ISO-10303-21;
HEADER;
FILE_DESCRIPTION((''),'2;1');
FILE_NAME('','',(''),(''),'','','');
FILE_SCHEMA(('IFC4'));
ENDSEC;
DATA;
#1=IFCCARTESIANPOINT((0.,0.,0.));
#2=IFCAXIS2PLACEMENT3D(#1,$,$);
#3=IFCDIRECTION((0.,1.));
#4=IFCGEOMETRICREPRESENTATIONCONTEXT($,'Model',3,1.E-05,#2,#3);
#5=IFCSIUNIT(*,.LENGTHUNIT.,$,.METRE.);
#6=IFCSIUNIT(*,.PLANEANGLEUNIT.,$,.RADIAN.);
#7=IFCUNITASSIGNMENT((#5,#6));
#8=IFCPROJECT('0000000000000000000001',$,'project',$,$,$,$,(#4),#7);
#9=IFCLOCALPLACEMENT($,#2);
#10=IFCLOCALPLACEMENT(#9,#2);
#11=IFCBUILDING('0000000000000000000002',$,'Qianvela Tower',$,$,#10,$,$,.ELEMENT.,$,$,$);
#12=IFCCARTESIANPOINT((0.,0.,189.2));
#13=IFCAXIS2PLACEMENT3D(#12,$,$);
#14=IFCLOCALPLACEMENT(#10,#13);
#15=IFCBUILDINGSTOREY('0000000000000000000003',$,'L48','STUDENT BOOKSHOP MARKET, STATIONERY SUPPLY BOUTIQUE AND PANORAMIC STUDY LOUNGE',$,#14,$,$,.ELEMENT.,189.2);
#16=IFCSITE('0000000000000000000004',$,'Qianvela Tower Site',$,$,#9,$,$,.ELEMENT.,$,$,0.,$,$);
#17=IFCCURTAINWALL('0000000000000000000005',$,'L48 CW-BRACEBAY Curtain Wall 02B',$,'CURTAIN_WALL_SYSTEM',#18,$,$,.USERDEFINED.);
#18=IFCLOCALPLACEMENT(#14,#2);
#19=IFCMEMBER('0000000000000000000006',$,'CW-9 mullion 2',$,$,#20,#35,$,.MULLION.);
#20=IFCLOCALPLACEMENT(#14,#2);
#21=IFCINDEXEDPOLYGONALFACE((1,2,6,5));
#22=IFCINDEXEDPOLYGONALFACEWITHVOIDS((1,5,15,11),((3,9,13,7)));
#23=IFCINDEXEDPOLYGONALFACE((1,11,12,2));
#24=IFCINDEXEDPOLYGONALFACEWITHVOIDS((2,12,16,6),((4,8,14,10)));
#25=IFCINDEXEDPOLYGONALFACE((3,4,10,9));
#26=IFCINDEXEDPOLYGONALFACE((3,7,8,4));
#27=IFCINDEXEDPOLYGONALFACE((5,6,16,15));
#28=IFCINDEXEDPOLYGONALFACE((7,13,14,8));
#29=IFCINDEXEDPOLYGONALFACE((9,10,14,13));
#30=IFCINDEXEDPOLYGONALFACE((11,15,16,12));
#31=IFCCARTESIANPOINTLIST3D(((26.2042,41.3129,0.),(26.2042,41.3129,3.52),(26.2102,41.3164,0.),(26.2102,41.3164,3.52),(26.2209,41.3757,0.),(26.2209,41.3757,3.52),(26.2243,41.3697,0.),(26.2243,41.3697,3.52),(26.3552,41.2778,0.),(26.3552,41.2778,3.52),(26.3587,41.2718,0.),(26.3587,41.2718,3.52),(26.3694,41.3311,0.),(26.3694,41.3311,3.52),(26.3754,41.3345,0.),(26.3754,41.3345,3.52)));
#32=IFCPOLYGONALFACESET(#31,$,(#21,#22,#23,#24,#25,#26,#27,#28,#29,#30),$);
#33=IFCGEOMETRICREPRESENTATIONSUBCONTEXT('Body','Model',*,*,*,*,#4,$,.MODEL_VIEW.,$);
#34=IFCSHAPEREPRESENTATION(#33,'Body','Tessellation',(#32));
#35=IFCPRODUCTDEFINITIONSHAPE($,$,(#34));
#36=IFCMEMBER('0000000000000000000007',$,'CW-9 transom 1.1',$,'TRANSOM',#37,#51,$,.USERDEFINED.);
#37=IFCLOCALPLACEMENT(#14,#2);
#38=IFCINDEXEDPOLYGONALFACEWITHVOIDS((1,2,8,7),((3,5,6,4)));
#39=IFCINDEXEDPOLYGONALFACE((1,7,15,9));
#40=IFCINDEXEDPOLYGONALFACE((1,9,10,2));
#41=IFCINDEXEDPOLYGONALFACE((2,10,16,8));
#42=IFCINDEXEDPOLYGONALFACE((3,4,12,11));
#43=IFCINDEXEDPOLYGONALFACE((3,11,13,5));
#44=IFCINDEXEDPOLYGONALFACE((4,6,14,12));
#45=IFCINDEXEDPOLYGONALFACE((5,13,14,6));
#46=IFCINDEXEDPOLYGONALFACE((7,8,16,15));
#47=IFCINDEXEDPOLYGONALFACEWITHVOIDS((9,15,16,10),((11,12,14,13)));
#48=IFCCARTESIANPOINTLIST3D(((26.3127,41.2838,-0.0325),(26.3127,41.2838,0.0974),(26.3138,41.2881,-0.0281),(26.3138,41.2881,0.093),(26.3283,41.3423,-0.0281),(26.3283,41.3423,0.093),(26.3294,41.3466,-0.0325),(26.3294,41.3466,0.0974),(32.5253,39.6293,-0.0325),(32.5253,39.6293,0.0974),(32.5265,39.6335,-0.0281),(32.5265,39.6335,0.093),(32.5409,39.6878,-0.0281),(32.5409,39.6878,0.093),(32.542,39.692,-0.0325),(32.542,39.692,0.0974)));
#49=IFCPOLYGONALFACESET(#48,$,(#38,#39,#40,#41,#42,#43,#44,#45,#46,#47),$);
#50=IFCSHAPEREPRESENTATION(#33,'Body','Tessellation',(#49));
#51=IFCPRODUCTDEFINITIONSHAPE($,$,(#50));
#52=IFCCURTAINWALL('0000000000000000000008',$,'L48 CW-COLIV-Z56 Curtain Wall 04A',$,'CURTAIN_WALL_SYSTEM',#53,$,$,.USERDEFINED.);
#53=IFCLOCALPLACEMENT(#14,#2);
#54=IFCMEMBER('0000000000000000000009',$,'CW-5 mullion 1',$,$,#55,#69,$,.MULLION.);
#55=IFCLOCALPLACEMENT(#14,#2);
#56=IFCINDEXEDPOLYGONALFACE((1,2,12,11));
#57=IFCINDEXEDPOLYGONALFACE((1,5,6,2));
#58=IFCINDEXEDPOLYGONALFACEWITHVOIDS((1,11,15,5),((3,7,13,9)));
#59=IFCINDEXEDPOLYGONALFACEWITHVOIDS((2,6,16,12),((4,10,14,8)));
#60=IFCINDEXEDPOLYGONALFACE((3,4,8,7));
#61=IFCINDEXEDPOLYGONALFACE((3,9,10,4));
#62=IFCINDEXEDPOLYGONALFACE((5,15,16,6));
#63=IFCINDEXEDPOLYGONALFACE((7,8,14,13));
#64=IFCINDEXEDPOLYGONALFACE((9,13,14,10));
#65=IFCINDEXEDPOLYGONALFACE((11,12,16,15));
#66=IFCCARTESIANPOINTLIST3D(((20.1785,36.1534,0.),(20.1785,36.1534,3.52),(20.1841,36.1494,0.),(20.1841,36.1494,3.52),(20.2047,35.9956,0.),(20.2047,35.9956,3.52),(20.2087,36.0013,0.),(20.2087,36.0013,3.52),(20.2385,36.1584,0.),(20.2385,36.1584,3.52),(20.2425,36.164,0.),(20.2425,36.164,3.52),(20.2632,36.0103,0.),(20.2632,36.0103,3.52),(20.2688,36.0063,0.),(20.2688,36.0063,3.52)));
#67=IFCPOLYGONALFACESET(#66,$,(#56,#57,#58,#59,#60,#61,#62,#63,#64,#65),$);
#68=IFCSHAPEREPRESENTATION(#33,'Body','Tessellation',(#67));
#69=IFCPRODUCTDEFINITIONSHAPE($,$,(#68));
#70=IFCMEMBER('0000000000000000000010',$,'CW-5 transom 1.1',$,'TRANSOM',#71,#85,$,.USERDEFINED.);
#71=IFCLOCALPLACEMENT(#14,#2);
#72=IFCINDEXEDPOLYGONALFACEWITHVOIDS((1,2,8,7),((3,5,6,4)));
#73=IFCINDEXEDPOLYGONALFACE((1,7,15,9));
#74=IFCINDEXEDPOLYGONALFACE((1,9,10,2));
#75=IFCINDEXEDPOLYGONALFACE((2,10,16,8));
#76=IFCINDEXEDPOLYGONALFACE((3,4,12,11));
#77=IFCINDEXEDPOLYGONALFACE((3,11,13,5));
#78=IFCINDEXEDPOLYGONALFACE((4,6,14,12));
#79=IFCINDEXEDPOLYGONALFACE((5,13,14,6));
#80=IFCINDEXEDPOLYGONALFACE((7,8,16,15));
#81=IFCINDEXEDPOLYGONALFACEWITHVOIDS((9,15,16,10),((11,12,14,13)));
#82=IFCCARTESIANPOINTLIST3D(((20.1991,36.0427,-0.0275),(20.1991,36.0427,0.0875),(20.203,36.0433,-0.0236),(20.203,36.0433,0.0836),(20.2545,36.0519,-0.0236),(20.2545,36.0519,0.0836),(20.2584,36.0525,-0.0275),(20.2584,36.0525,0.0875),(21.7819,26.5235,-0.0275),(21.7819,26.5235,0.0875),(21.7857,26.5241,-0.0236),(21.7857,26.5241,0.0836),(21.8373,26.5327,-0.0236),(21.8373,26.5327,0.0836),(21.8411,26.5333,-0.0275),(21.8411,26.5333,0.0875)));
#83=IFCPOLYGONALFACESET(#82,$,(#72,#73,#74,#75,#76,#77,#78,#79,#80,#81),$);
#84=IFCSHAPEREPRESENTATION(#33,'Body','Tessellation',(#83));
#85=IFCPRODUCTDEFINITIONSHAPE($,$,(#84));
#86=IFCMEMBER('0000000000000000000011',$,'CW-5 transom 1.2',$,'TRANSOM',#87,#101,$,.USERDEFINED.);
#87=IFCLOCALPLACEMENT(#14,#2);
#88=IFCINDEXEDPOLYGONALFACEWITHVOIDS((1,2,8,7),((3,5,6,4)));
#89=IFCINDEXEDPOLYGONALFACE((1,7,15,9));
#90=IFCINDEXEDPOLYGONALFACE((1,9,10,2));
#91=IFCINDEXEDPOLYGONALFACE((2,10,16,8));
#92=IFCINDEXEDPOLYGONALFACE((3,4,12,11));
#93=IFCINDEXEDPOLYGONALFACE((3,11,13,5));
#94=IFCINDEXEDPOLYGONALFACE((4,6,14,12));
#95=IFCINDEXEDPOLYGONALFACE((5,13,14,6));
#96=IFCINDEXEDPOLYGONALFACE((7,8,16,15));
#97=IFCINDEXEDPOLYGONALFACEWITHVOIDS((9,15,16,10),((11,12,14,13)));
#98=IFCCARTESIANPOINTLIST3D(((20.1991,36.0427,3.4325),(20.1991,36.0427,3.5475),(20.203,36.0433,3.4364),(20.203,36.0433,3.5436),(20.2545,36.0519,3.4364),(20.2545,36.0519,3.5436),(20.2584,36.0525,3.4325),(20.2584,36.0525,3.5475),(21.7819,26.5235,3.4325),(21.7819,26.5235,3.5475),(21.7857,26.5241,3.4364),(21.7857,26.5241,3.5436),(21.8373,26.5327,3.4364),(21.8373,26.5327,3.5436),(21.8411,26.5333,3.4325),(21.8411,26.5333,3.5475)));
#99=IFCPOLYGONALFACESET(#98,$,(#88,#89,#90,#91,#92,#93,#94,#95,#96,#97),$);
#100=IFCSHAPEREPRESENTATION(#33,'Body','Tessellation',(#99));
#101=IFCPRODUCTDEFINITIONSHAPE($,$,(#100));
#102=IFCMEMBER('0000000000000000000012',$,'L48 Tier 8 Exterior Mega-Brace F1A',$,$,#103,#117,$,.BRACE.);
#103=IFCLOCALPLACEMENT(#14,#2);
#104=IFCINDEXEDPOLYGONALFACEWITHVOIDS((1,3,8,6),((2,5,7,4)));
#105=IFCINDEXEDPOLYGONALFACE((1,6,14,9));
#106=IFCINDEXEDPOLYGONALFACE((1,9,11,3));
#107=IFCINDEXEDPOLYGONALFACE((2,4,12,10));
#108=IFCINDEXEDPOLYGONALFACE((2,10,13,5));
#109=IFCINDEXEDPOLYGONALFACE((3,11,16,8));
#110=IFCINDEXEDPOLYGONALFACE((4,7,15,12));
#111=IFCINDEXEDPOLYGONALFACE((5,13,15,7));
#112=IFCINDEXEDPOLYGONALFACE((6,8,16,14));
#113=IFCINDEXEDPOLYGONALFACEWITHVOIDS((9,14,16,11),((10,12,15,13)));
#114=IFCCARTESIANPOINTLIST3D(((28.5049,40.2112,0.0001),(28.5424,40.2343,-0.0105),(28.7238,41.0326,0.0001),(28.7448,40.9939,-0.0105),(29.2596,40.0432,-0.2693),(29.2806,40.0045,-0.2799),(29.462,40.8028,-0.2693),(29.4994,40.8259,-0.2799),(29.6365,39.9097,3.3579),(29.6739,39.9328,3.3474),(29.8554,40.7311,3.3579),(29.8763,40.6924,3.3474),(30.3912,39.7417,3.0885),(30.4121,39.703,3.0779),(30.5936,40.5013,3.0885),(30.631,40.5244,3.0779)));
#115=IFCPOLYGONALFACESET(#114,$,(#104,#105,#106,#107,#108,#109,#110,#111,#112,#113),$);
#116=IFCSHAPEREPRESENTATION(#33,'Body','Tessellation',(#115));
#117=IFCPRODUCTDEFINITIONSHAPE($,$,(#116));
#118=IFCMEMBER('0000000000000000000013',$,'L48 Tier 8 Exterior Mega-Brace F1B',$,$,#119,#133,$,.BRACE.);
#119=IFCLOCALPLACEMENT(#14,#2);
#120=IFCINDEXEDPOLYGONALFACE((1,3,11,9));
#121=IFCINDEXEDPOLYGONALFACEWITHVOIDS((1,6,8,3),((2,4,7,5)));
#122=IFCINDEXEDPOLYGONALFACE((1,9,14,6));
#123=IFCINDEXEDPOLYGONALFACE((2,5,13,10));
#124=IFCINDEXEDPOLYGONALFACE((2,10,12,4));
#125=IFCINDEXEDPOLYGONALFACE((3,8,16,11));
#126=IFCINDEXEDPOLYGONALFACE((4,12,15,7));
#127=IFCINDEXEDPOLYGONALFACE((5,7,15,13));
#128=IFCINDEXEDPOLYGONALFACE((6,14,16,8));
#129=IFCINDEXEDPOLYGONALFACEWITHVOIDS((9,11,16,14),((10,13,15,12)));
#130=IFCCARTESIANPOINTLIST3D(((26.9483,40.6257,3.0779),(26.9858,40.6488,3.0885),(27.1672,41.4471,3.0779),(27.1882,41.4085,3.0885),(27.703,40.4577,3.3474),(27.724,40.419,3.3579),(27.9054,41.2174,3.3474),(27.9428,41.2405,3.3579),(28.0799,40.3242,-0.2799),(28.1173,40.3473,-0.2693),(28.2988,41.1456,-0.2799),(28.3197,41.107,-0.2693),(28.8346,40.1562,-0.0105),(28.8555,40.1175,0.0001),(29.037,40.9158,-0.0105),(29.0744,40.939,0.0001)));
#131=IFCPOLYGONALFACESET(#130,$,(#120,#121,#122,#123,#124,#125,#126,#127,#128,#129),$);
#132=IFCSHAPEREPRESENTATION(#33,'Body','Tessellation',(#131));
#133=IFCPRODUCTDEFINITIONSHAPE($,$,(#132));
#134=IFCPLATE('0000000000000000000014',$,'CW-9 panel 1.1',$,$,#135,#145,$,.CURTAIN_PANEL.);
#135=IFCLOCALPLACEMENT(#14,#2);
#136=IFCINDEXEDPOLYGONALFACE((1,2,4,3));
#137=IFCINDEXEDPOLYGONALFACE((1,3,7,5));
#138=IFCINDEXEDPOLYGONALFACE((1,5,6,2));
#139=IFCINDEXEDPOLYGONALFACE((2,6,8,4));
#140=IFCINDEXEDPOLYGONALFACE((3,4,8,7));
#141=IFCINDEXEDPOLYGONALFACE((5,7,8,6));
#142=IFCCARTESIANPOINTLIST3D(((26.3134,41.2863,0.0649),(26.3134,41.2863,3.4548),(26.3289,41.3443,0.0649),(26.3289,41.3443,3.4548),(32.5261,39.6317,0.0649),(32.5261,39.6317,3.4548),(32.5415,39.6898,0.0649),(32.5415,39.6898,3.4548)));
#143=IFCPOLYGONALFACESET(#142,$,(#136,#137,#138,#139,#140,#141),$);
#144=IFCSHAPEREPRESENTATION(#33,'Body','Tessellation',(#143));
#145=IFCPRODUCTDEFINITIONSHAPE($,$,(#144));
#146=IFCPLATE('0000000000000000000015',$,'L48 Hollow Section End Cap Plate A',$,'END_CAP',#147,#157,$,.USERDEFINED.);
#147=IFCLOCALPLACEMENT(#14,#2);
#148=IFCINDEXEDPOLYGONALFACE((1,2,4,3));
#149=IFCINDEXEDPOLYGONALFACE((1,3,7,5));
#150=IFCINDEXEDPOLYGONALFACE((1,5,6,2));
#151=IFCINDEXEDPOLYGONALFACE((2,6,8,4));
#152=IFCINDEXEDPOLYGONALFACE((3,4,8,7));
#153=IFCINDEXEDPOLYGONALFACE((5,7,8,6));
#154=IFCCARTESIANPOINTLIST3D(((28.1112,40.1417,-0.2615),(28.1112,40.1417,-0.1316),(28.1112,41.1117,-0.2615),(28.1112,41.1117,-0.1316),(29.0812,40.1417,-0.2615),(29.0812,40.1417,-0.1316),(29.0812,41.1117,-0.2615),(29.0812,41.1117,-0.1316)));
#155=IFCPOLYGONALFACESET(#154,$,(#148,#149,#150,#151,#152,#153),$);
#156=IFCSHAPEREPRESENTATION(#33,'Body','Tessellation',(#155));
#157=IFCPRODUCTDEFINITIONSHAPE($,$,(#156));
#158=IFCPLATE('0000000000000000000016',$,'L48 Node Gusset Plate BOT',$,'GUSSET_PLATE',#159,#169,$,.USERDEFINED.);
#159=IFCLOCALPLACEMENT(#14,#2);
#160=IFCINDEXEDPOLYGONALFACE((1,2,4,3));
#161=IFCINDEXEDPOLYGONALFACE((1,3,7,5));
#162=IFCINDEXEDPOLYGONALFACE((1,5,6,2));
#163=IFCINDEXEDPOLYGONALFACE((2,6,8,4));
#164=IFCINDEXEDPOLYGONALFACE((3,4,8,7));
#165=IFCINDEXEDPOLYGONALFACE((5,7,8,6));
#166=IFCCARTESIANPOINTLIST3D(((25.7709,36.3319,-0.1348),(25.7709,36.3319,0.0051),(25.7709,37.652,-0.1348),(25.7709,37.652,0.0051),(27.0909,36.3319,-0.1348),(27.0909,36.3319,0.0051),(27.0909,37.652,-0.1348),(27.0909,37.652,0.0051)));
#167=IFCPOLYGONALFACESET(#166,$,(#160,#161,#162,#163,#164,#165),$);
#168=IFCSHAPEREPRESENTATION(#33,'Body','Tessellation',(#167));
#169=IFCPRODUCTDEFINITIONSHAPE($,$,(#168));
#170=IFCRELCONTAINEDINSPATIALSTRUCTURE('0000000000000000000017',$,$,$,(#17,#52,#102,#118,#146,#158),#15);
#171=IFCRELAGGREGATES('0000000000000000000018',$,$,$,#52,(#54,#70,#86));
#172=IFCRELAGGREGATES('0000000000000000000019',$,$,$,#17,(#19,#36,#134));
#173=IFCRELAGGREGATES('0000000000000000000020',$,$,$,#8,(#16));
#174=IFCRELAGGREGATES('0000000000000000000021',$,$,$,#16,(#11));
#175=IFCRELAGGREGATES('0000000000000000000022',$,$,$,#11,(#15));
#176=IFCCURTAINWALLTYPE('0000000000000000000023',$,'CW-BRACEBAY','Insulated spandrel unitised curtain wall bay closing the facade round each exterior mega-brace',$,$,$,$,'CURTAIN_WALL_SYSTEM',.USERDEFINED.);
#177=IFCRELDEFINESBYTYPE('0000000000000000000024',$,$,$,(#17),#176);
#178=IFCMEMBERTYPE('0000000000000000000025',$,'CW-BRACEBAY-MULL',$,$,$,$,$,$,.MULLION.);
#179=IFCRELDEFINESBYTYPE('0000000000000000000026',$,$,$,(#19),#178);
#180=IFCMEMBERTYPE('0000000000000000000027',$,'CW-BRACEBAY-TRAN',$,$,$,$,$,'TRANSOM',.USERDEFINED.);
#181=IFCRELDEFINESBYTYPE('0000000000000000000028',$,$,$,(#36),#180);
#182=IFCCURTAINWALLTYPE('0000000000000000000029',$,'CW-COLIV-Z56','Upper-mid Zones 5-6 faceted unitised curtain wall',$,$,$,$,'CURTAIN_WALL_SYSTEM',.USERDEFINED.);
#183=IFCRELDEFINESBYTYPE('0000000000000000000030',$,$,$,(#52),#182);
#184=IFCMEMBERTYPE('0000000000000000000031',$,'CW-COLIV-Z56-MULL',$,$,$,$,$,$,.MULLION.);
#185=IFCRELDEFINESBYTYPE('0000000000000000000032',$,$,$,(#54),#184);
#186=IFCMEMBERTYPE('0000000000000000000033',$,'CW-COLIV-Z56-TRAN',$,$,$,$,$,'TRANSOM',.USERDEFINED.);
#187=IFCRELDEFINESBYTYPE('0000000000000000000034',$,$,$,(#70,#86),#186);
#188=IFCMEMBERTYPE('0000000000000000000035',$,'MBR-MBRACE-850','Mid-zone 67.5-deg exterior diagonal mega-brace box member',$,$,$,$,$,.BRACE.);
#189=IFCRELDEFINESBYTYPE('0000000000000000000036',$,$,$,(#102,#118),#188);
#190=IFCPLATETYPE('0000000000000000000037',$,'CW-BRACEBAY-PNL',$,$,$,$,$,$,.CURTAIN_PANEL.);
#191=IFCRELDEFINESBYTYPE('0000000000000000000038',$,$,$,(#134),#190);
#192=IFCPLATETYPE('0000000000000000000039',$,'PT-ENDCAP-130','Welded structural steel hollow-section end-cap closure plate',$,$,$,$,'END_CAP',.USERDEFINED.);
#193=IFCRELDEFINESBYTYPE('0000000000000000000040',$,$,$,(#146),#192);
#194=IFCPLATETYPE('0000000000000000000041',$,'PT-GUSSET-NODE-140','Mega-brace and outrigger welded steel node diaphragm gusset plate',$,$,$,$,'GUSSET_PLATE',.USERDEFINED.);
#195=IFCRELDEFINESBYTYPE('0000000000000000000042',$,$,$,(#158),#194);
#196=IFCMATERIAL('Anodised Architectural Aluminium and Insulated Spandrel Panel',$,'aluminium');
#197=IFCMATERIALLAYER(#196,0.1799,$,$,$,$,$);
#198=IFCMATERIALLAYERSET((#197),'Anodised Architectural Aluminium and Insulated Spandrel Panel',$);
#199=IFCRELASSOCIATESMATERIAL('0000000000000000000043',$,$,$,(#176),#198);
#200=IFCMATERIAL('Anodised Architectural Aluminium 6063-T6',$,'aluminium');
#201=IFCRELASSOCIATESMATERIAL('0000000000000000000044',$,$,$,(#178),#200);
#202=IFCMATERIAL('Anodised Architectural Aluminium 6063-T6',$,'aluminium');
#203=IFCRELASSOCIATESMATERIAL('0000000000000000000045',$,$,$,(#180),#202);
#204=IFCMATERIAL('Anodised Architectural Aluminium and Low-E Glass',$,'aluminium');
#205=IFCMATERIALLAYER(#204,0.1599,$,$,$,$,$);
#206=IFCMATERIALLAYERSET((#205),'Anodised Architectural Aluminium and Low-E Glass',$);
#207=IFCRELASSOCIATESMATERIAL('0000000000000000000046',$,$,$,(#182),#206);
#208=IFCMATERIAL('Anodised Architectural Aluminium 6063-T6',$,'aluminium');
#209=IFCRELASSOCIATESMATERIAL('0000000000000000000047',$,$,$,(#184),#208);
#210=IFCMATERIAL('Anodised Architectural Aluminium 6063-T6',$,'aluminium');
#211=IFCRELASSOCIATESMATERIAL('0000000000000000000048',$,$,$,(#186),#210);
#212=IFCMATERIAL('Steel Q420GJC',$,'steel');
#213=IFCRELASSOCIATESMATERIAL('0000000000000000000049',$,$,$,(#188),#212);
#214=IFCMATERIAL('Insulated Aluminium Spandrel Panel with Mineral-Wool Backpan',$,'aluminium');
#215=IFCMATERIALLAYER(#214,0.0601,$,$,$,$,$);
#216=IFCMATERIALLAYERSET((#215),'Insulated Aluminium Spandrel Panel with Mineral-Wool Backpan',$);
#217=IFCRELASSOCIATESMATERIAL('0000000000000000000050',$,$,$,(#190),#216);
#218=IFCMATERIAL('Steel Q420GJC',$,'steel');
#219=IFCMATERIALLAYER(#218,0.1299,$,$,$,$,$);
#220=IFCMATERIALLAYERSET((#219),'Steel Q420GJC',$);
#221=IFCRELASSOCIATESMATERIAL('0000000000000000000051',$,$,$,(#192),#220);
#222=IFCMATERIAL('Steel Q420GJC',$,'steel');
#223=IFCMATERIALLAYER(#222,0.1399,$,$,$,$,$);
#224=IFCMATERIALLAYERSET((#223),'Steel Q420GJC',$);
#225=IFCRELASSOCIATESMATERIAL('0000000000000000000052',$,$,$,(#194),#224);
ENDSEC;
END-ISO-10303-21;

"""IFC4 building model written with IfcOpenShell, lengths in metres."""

from ifc_helpers import new_model, si_unit, direction, frame, origin, origin_2d, place, context, subcontext, project, spatial, rectangle, hollow_rectangle, extrude, material, layer, layer_set, material_profile, profile_set, type_object, element, aggregate, save


model = new_model("IFC4")

# Units and contexts
model_context = context("Model", 3, precision=1e-05, world=origin(), true_north=direction((0.0, 1.0)))
body_context = subcontext(model_context, "Body", "Model", "MODEL_VIEW")
ifc_project = project(units=[si_unit("LENGTHUNIT", "METRE"), si_unit("PLANEANGLEUNIT", "RADIAN")], contexts=[model_context])

# Site, building, storey
site_placement = place(None, origin())
site = spatial("IfcSite", under=ifc_project, at=site_placement, Name="Qianvela Tower Site", CompositionType="ELEMENT", RefElevation=0.0)
building_placement = place(site_placement, origin())
building = spatial("IfcBuilding", under=site, at=building_placement, Name="Qianvela Tower", CompositionType="ELEMENT")
storey_placement = place(building_placement, frame((0.0, 0.0, 189.2)))
storey = spatial("IfcBuildingStorey", under=building, at=storey_placement, Name="L48", Description="STUDENT BOOKSHOP MARKET, STATIONERY SUPPLY BOUTIQUE AND PANORAMIC STUDY LOUNGE", CompositionType="ELEMENT", Elevation=189.2)

# Curtain walls, members
ifc_material_1 = material(Name="Anodised Architectural Aluminium and Insulated Spandrel Panel", Category="aluminium")
ifc_layer_1 = layer(ifc_material_1, 0.1799)
ifc_layer_set_1 = layer_set([ifc_layer_1], Name="Anodised Architectural Aluminium and Insulated Spandrel Panel")
curtain_wall_type_1 = type_object("IfcCurtainWallType", Name="CW-BRACEBAY", Description="Insulated spandrel unitised curtain wall bay closing the facade round each exterior mega-brace", ElementType="CURTAIN_WALL_SYSTEM", PredefinedType="USERDEFINED", material=ifc_layer_set_1)
curtain_wall_1_placement = place(storey_placement, origin())
curtain_wall_1 = element("IfcCurtainWall", 1, at=curtain_wall_1_placement, inside=storey, type_object=curtain_wall_type_1, Name="L48 CW-BRACEBAY Curtain Wall 02B", ObjectType="CURTAIN_WALL_SYSTEM", PredefinedType="USERDEFINED")
ifc_material_2 = material(Name="Anodised Architectural Aluminium 6063-T6", Category="aluminium")
ifc_material_profile_1 = material_profile(ifc_material_2, hollow_rectangle(XDim=0.0649, YDim=0.1599, WallThickness=0.0049, at=origin_2d()), Name="ALU-MULL-65x160")
ifc_profile_set_1 = profile_set([ifc_material_profile_1], Name="Anodised Architectural Aluminium 6063-T6")
member_type_1 = type_object("IfcMemberType", Name="CW-BRACEBAY-MULL", PredefinedType="MULLION", material=ifc_profile_set_1)
member_1_placement = place(storey_placement, frame((26.2898, 41.3237, 0.0), z_axis=(0.0, 0.0, 1.0), x_axis=(-0.257348, -0.966319, 0.0)))
member_1 = element("IfcMember", 2, at=member_1_placement, type_object=member_type_1, Name="CW-9 mullion 2", PredefinedType="MULLION", context=body_context, shape_type="SweptSolid", body=[
    extrude(hollow_rectangle(XDim=0.0649, YDim=0.1599, WallThickness=0.0049, at=origin_2d()), origin(), (0.0, 0.0, 1.0), 3.52),
])
ifc_material_3 = material(Name="Anodised Architectural Aluminium 6063-T6", Category="aluminium")
ifc_material_profile_2 = material_profile(ifc_material_3, hollow_rectangle(XDim=0.0649, YDim=0.1299, WallThickness=0.0044, at=origin_2d()), Name="ALU-TRAN-65x130")
ifc_profile_set_2 = profile_set([ifc_material_profile_2], Name="Anodised Architectural Aluminium 6063-T6")
member_type_2 = type_object("IfcMemberType", Name="CW-BRACEBAY-TRAN", ElementType="TRANSOM", PredefinedType="USERDEFINED", material=ifc_profile_set_2)
member_2_placement = place(storey_placement, frame((32.5337, 39.6606, 0.0325), z_axis=(-0.966319, 0.257348, 0.0), x_axis=(-0.257348, -0.966319, 0.0)))
member_2 = element("IfcMember", 3, at=member_2_placement, type_object=member_type_2, Name="CW-9 transom 1.1", ObjectType="TRANSOM", PredefinedType="USERDEFINED", context=body_context, shape_type="SweptSolid", body=[
    extrude(hollow_rectangle(XDim=0.0649, YDim=0.1299, WallThickness=0.0044, at=origin_2d()), origin(), (0.0, 0.0, 1.0), 6.4292),
])
ifc_material_4 = material(Name="Anodised Architectural Aluminium and Low-E Glass", Category="aluminium")
ifc_layer_2 = layer(ifc_material_4, 0.1599)
ifc_layer_set_2 = layer_set([ifc_layer_2], Name="Anodised Architectural Aluminium and Low-E Glass")
curtain_wall_type_2 = type_object("IfcCurtainWallType", Name="CW-COLIV-Z56", Description="Upper-mid Zones 5-6 faceted unitised curtain wall", ElementType="CURTAIN_WALL_SYSTEM", PredefinedType="USERDEFINED", material=ifc_layer_set_2)
curtain_wall_2_placement = place(storey_placement, origin())
curtain_wall_2 = element("IfcCurtainWall", 4, at=curtain_wall_2_placement, inside=storey, type_object=curtain_wall_type_2, Name="L48 CW-COLIV-Z56 Curtain Wall 04A", ObjectType="CURTAIN_WALL_SYSTEM", PredefinedType="USERDEFINED")
ifc_material_5 = material(Name="Anodised Architectural Aluminium 6063-T6", Category="aluminium")
ifc_material_profile_3 = material_profile(ifc_material_5, hollow_rectangle(XDim=0.0649, YDim=0.1599, WallThickness=0.0049, at=origin_2d()), Name="ALU-MULL-65x160")
ifc_profile_set_3 = profile_set([ifc_material_profile_3], Name="Anodised Architectural Aluminium 6063-T6")
member_type_3 = type_object("IfcMemberType", Name="CW-COLIV-Z56-MULL", PredefinedType="MULLION", material=ifc_profile_set_3)
member_3_placement = place(storey_placement, frame((20.2236, 36.0798, 0.0), z_axis=(0.0, 0.0, 1.0), x_axis=(0.986457, 0.164018, 0.0)))
member_3 = element("IfcMember", 5, at=member_3_placement, type_object=member_type_3, Name="CW-5 mullion 1", PredefinedType="MULLION", context=body_context, shape_type="SweptSolid", body=[
    extrude(hollow_rectangle(XDim=0.0649, YDim=0.1599, WallThickness=0.0049, at=origin_2d()), origin(), (0.0, 0.0, 1.0), 3.52),
])
ifc_material_6 = material(Name="Anodised Architectural Aluminium 6063-T6", Category="aluminium")
ifc_material_profile_4 = material_profile(ifc_material_6, hollow_rectangle(XDim=0.0601, YDim=0.115, WallThickness=0.0039, at=origin_2d()), Name="ALU-TRAN-60x115")
ifc_profile_set_4 = profile_set([ifc_material_profile_4], Name="Anodised Architectural Aluminium 6063-T6")
member_type_4 = type_object("IfcMemberType", Name="CW-COLIV-Z56-TRAN", ElementType="TRANSOM", PredefinedType="USERDEFINED", material=ifc_profile_set_4)
member_4_placement = place(storey_placement, frame((20.2288, 36.0476, 0.03), z_axis=(0.164017, -0.986457, 0.0), x_axis=(0.986457, 0.164017, 0.0)))
member_4 = element("IfcMember", 6, at=member_4_placement, type_object=member_type_4, Name="CW-5 transom 1.1", ObjectType="TRANSOM", PredefinedType="USERDEFINED", context=body_context, shape_type="SweptSolid", body=[
    extrude(hollow_rectangle(XDim=0.0601, YDim=0.115, WallThickness=0.0039, at=origin_2d()), origin(), (0.0, 0.0, 1.0), 9.6499),
])
member_5_placement = place(storey_placement, frame((20.2288, 36.0476, 3.49), z_axis=(0.164017, -0.986457, 0.0), x_axis=(0.986457, 0.164017, 0.0)))
member_5 = element("IfcMember", 7, at=member_5_placement, type_object=member_type_4, Name="CW-5 transom 1.2", ObjectType="TRANSOM", PredefinedType="USERDEFINED", context=body_context, shape_type="SweptSolid", body=[
    extrude(hollow_rectangle(XDim=0.0601, YDim=0.115, WallThickness=0.0039, at=origin_2d()), origin(), (0.0, 0.0, 1.0), 9.6499),
])
aggregate(curtain_wall_2, [member_3, member_4, member_5])

# Members
ifc_material_7 = material(Name="Steel Q420GJC", Category="steel")
ifc_material_profile_5 = material_profile(ifc_material_7, hollow_rectangle(XDim=0.8501, YDim=0.8501, WallThickness=0.032, at=origin_2d()), Name="MBOX-850x850x32")
ifc_profile_set_5 = profile_set([ifc_material_profile_5], Name="Steel Q420GJC")
member_type_5 = type_object("IfcMemberType", Name="MBR-MBRACE-850", Description="Mid-zone 67.5-deg exterior diagonal mega-brace box member", PredefinedType="BRACE", material=ifc_profile_set_5)
for number, where, z_axis, x_axis, name in (
    (8, (29.0022, 40.5186, -0.1399), (0.318197, -0.084784, 0.944226), (0.257468, 0.966287, 0.0), "L48 Tier 8 Exterior Mega-Brace F1A"),
    (9, (28.5771, 40.6316, -0.1399), (-0.318197, 0.084784, 0.944226), (-0.257468, -0.966287, 0.0), "L48 Tier 8 Exterior Mega-Brace F1B"),
):
    element("IfcMember", number, at=place(storey_placement, frame(where, z_axis=z_axis, x_axis=x_axis)), inside=storey, type_object=member_type_5, Name=name, PredefinedType="BRACE", context=body_context, shape_type="SweptSolid", body=[
        extrude(hollow_rectangle(XDim=0.8501, YDim=0.8501, WallThickness=0.032, at=origin_2d()), origin(), (0.0, 0.0, 1.0), 3.5562),
    ])

# Plate
ifc_material_8 = material(Name="Insulated Aluminium Spandrel Panel with Mineral-Wool Backpan", Category="aluminium")
ifc_layer_3 = layer(ifc_material_8, 0.0601)
ifc_layer_set_3 = layer_set([ifc_layer_3], Name="Insulated Aluminium Spandrel Panel with Mineral-Wool Backpan")
plate_type_1 = type_object("IfcPlateType", Name="CW-BRACEBAY-PNL", PredefinedType="CURTAIN_PANEL", material=ifc_layer_set_3)
plate_1_placement = place(storey_placement, frame((29.4275, 40.488, 0.0649), z_axis=(0.0, 0.0, 1.0), x_axis=(-0.966319, 0.257348, 0.0)))
plate_1 = element("IfcPlate", 10, at=plate_1_placement, type_object=plate_type_1, Name="CW-9 panel 1.1", PredefinedType="CURTAIN_PANEL", context=body_context, shape_type="SweptSolid", body=[
    extrude(rectangle(XDim=6.4292, YDim=0.0601, at=origin_2d()), origin(), (0.0, 0.0, 1.0), 3.3899),
])
aggregate(curtain_wall_1, [member_1, member_2, plate_1])

# Plates
ifc_material_9 = material(Name="Steel Q420GJC", Category="steel")
ifc_layer_4 = layer(ifc_material_9, 0.1299)
ifc_layer_set_4 = layer_set([ifc_layer_4], Name="Steel Q420GJC")
plate_type_2 = type_object("IfcPlateType", Name="PT-ENDCAP-130", Description="Welded structural steel hollow-section end-cap closure plate", ElementType="END_CAP", PredefinedType="USERDEFINED", material=ifc_layer_set_4)
plate_2_placement = place(storey_placement, frame((28.5962, 40.6267, -0.2615), z_axis=(0.0, 0.0, 1.0), x_axis=(1.0, 0.0, 0.0)))
element("IfcPlate", 11, at=plate_2_placement, inside=storey, type_object=plate_type_2, Name="L48 Hollow Section End Cap Plate A", ObjectType="END_CAP", PredefinedType="USERDEFINED", context=body_context, shape_type="SweptSolid", body=[
    extrude(rectangle(XDim=0.97, YDim=0.97, at=origin_2d()), origin(), (0.0, 0.0, 1.0), 0.1299),
])
ifc_material_10 = material(Name="Steel Q420GJC", Category="steel")
ifc_layer_5 = layer(ifc_material_10, 0.1399)
ifc_layer_set_5 = layer_set([ifc_layer_5], Name="Steel Q420GJC")
plate_type_3 = type_object("IfcPlateType", Name="PT-GUSSET-NODE-140", Description="Mega-brace and outrigger welded steel node diaphragm gusset plate", ElementType="GUSSET_PLATE", PredefinedType="USERDEFINED", material=ifc_layer_set_5)
plate_3_placement = place(storey_placement, frame((26.4309, 36.9919, -0.1348), z_axis=(0.0, 0.0, 1.0), x_axis=(1.0, 0.0, 0.0)))
element("IfcPlate", 12, at=plate_3_placement, inside=storey, type_object=plate_type_3, Name="L48 Node Gusset Plate BOT", ObjectType="GUSSET_PLATE", PredefinedType="USERDEFINED", context=body_context, shape_type="SweptSolid", body=[
    extrude(rectangle(XDim=1.3201, YDim=1.3201, at=origin_2d()), origin(), (0.0, 0.0, 1.0), 0.1399),
])

save(model, "model.ifc")
